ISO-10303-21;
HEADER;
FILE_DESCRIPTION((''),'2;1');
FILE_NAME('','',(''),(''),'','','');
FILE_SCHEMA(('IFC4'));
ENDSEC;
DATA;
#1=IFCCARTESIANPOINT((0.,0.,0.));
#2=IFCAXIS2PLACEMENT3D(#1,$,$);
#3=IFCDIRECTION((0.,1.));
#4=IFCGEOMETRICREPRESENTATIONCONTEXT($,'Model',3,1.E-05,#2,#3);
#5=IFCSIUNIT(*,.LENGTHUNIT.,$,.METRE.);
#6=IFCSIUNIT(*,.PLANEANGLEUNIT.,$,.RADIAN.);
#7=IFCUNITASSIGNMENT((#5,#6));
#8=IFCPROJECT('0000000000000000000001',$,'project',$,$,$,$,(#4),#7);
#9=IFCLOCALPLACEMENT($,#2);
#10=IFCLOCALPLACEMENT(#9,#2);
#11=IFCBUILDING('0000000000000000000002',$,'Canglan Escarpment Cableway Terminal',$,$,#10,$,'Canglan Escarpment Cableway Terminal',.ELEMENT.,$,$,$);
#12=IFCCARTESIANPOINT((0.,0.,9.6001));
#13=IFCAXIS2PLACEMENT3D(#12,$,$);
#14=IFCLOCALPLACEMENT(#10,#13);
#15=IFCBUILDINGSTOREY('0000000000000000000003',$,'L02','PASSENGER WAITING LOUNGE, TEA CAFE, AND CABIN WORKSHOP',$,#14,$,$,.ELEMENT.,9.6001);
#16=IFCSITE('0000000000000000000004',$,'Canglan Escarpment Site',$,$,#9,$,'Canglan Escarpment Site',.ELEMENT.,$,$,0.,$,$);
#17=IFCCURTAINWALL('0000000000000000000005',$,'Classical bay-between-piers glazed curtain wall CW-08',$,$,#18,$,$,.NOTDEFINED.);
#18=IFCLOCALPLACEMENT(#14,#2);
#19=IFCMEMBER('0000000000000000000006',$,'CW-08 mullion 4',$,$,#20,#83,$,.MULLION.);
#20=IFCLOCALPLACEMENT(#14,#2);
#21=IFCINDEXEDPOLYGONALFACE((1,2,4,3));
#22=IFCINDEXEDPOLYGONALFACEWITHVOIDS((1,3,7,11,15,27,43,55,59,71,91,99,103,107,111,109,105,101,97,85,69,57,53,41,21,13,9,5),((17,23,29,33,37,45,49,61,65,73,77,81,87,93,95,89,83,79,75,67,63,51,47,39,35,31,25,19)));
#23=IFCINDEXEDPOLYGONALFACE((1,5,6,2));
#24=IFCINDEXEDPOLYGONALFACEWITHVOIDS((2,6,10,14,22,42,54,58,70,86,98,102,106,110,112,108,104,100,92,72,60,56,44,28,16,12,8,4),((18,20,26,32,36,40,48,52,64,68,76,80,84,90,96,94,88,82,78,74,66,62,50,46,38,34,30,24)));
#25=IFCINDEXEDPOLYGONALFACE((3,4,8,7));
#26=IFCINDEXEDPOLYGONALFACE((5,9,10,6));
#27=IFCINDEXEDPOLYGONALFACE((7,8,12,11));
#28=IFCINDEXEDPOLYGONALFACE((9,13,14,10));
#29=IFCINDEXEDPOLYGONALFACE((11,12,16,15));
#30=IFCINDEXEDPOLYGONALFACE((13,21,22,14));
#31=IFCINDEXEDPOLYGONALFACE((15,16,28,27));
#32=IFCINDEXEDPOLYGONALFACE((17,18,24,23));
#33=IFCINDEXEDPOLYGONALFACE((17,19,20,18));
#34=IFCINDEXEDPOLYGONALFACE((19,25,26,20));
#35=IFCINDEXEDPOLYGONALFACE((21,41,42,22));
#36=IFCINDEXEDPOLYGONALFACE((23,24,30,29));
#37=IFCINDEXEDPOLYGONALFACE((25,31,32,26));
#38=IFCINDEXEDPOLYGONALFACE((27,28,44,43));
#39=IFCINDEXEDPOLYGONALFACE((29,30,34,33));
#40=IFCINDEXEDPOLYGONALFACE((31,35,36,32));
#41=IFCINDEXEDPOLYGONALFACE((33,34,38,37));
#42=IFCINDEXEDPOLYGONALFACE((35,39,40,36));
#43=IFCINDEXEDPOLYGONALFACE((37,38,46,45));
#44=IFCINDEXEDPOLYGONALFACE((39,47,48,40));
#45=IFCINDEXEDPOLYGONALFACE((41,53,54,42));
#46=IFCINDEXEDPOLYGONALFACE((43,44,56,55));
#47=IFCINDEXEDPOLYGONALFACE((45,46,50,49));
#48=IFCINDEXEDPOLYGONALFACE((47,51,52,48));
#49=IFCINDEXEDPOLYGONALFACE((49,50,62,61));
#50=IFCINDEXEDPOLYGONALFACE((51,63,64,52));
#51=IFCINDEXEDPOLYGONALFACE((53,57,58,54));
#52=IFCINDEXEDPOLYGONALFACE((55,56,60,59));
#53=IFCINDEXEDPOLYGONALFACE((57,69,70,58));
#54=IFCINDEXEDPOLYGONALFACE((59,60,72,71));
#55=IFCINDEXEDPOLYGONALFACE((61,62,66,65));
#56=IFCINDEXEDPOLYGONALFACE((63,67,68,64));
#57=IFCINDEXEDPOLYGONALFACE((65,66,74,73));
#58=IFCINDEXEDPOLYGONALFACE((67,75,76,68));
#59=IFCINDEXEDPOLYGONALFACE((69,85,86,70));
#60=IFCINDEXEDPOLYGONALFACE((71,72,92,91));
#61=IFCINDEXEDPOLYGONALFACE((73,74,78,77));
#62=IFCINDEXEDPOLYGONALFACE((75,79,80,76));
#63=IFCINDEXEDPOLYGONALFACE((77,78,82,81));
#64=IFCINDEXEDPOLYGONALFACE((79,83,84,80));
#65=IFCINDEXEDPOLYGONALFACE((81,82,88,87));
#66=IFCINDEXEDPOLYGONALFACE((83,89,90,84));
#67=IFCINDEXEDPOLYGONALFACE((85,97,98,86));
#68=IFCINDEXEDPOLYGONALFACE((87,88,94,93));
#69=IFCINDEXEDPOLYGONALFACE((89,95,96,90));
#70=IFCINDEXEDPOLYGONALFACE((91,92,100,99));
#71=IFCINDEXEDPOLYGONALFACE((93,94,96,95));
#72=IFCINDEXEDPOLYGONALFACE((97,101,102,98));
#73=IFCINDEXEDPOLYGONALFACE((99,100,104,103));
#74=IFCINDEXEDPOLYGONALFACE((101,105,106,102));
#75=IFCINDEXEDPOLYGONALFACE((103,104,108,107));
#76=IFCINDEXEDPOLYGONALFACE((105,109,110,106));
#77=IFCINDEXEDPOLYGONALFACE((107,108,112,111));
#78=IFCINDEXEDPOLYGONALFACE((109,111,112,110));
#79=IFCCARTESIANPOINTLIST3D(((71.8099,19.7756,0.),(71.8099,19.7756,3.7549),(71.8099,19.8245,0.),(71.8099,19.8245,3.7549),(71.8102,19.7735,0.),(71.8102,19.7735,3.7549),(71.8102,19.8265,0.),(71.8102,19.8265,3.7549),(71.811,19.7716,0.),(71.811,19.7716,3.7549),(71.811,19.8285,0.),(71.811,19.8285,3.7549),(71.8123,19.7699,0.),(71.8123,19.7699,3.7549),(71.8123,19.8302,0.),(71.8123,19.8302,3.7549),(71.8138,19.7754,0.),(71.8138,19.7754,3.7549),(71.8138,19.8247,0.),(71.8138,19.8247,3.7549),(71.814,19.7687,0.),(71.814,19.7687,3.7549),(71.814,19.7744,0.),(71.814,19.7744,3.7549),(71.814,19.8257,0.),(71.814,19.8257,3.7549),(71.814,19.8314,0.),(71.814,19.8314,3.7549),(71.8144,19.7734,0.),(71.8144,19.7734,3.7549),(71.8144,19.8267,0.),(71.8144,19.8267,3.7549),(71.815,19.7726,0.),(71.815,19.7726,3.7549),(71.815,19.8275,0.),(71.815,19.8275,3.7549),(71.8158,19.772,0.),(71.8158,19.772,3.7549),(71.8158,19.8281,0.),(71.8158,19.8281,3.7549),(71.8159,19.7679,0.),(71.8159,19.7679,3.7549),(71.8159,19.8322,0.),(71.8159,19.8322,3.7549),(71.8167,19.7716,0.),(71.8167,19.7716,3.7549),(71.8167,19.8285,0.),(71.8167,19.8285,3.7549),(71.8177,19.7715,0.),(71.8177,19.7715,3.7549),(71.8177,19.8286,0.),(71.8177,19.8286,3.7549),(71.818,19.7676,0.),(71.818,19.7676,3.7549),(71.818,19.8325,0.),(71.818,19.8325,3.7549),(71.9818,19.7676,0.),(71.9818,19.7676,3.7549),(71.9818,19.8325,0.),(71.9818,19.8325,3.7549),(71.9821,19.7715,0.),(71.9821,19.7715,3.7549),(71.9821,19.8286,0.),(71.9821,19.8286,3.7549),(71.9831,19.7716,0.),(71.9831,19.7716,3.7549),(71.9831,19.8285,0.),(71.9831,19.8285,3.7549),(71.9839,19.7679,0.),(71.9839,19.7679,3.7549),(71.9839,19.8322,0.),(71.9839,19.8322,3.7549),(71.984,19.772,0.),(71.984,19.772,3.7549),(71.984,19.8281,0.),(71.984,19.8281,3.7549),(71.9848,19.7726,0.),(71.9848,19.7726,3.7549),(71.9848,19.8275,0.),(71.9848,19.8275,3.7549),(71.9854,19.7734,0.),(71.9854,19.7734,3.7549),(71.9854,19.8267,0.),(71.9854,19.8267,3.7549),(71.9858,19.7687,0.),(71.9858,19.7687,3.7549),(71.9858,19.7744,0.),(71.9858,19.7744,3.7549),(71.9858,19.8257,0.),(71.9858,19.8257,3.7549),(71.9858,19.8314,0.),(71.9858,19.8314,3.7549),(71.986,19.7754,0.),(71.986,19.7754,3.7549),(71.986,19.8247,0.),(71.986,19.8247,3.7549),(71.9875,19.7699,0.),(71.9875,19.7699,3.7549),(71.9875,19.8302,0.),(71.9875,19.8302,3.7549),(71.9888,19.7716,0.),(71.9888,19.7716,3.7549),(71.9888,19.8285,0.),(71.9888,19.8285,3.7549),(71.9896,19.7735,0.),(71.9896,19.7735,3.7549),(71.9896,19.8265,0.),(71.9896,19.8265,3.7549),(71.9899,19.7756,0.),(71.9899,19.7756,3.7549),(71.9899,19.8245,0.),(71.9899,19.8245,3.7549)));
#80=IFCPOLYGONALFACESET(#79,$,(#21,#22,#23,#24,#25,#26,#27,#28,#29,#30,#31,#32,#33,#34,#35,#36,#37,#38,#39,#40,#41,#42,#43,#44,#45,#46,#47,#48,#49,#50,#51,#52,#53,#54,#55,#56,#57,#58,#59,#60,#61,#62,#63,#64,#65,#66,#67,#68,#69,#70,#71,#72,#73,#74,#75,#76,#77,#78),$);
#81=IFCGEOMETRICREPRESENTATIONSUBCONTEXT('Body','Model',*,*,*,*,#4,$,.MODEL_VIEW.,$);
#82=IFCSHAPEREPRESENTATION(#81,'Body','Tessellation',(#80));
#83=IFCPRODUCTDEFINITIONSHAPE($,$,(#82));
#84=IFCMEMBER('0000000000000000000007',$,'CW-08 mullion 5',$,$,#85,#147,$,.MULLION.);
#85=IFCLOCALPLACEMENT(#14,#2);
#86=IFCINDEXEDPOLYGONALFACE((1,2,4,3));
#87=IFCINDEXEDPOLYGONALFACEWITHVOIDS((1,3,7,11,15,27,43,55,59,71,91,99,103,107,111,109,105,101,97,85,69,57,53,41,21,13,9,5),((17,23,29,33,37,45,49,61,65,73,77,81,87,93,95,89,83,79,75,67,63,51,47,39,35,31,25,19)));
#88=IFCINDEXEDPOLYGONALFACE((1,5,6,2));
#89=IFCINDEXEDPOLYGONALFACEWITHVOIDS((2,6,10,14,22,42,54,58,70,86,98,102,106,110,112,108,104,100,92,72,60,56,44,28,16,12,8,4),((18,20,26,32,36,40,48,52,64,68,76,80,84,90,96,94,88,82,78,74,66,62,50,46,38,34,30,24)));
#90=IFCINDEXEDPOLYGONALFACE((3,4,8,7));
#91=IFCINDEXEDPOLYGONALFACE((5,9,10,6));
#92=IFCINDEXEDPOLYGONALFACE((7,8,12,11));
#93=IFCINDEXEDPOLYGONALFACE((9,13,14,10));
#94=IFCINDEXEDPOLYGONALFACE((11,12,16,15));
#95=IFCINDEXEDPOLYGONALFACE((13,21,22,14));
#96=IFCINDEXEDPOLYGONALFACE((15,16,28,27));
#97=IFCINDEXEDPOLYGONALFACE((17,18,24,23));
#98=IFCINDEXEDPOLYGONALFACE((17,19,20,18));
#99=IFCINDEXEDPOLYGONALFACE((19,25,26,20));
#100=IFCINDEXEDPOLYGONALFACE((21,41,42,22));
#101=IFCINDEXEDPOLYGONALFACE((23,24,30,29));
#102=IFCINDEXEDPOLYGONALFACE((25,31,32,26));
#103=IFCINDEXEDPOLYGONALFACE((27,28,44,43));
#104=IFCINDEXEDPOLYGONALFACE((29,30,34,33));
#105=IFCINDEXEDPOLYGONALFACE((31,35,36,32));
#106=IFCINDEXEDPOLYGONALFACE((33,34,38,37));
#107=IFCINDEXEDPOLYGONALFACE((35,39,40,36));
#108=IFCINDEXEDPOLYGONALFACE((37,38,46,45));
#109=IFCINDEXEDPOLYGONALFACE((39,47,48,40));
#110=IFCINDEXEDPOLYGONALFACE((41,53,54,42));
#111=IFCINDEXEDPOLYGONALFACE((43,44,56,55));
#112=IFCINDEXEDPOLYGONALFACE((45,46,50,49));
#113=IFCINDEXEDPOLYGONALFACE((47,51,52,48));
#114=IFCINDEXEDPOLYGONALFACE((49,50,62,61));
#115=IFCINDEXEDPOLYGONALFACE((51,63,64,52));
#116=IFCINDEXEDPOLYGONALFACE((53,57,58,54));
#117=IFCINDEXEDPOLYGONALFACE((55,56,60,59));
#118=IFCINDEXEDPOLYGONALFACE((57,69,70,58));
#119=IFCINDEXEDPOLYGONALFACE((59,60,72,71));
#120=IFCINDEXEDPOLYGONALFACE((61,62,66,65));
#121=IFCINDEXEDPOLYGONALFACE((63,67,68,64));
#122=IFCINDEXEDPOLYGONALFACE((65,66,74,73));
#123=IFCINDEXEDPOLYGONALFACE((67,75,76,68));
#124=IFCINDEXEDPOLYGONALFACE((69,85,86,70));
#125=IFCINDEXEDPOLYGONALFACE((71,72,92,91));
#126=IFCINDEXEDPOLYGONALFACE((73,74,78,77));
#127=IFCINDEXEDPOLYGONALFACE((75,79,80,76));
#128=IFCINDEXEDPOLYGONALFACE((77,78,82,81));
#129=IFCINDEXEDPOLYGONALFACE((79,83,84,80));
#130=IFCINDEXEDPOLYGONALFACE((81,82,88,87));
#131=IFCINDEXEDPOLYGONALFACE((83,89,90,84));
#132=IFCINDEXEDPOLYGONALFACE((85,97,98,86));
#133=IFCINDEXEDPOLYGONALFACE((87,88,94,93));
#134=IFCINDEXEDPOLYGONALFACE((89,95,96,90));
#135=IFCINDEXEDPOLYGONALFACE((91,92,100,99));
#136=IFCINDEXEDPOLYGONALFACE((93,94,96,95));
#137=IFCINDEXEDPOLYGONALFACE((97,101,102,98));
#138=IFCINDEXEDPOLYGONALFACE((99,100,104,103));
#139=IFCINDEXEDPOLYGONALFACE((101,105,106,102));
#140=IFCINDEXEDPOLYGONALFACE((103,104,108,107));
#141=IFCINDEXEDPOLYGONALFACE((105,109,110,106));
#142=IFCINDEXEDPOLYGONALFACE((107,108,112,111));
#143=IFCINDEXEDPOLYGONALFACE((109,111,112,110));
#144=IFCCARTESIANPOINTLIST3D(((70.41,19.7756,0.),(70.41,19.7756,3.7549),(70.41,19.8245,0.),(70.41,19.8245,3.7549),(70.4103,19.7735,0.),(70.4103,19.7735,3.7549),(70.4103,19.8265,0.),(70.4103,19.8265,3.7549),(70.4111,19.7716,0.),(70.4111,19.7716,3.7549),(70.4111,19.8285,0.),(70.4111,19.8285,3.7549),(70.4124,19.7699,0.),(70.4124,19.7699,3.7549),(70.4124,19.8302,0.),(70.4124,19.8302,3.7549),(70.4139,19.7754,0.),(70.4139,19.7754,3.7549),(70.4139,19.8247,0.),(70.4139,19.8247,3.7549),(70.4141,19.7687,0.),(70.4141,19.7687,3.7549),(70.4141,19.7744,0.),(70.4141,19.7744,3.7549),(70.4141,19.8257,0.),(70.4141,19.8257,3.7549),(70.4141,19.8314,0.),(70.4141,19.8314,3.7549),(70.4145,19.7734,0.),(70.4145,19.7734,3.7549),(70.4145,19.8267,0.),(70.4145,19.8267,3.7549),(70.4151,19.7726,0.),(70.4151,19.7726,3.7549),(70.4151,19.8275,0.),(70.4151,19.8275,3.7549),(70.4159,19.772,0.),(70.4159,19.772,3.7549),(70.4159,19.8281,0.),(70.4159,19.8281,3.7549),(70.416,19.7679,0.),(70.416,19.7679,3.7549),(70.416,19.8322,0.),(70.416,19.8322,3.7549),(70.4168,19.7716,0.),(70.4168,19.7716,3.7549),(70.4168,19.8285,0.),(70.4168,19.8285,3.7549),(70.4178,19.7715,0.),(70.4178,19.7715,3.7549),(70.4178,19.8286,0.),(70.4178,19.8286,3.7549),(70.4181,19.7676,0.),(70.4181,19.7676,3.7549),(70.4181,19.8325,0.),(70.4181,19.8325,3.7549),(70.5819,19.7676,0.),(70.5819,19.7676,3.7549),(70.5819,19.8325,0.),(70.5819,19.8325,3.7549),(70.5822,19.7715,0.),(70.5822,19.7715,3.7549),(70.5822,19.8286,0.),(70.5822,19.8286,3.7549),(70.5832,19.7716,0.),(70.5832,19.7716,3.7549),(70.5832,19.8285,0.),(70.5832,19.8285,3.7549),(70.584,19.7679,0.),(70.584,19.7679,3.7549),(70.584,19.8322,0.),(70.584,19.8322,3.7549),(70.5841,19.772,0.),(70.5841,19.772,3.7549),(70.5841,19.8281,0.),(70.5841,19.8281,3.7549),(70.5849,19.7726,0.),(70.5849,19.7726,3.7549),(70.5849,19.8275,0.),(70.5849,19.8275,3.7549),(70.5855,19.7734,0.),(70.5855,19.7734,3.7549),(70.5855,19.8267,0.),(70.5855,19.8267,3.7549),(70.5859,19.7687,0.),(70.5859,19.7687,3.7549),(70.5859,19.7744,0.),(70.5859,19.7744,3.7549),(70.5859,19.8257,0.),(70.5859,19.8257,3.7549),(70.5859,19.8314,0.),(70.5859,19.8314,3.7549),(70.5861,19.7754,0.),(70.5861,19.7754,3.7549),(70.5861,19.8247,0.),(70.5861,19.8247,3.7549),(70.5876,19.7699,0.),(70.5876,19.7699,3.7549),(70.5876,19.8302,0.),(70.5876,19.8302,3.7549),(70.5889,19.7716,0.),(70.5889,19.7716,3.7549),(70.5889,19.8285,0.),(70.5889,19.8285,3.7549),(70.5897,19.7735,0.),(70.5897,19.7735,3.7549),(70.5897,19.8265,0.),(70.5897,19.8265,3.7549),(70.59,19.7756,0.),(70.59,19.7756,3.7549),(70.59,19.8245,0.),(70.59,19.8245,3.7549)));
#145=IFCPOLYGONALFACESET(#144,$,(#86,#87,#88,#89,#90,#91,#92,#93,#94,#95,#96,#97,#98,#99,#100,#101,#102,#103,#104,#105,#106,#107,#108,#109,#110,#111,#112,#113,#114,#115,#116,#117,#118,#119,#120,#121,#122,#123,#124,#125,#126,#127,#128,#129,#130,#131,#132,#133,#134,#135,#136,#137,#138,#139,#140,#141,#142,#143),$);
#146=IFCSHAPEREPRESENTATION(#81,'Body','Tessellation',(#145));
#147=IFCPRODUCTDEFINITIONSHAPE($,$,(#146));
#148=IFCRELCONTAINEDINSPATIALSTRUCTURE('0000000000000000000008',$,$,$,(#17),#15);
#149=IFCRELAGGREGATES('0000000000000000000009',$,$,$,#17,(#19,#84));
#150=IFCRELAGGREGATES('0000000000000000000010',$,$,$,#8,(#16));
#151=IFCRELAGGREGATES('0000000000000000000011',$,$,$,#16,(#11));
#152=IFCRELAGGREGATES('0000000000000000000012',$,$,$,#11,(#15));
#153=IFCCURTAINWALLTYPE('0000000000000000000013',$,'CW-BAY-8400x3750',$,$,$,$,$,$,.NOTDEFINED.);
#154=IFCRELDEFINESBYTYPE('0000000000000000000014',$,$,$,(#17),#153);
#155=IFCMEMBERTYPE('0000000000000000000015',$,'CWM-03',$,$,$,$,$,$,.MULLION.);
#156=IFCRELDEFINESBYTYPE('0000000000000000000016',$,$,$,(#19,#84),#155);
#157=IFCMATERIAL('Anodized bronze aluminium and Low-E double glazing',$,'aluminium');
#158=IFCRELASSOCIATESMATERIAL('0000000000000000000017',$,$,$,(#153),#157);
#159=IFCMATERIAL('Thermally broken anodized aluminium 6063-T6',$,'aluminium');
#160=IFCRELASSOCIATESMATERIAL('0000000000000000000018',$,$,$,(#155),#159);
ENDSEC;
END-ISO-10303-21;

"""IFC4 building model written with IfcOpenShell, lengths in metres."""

from ifc_helpers import new_model, si_unit, direction, frame, origin, origin_2d, place, context, subcontext, project, spatial, hollow_rectangle, extrude, material, material_profile, profile_set, type_object, element, aggregate, save


model = new_model("IFC4")

# Units and contexts
model_context = context("Model", 3, precision=1e-05, world=origin(), true_north=direction((0.0, 1.0)))
body_context = subcontext(model_context, "Body", "Model", "MODEL_VIEW")
ifc_project = project(units=[si_unit("LENGTHUNIT", "METRE"), si_unit("PLANEANGLEUNIT", "RADIAN")], contexts=[model_context])

# Site, building, storey
site_placement = place(None, origin())
site = spatial("IfcSite", under=ifc_project, at=site_placement, Name="Canglan Escarpment Site", LongName="Canglan Escarpment Site", CompositionType="ELEMENT", RefElevation=0.0)
building_placement = place(site_placement, origin())
building = spatial("IfcBuilding", under=site, at=building_placement, Name="Canglan Escarpment Cableway Terminal", LongName="Canglan Escarpment Cableway Terminal", CompositionType="ELEMENT")
storey_placement = place(building_placement, frame((0.0, 0.0, 9.6001)))
storey = spatial("IfcBuildingStorey", under=building, at=storey_placement, Name="L02", Description="PASSENGER WAITING LOUNGE, TEA CAFE, AND CABIN WORKSHOP", CompositionType="ELEMENT", Elevation=9.6001)

# Curtain wall, members
ifc_material_1 = material(Name="Anodized bronze aluminium and Low-E double glazing", Category="aluminium")
curtain_wall_type = type_object("IfcCurtainWallType", Name="CW-BAY-8400x3750", PredefinedType="NOTDEFINED", material=ifc_material_1)
curtain_wall_placement = place(storey_placement, origin())
curtain_wall = element("IfcCurtainWall", 1, at=curtain_wall_placement, inside=storey, type_object=curtain_wall_type, Name="Classical bay-between-piers glazed curtain wall CW-08", PredefinedType="NOTDEFINED")
ifc_material_2 = material(Name="Thermally broken anodized aluminium 6063-T6", Category="aluminium")
ifc_material_profile_1 = material_profile(ifc_material_2, hollow_rectangle(XDim=0.0649, YDim=0.1799, WallThickness=0.0039, InnerFilletRadius=0.0039, OuterFilletRadius=0.0081, at=origin_2d()), Name="ALU-MULL 65x180x4")
ifc_profile_set_1 = profile_set([ifc_material_profile_1], Name="Thermally broken anodized aluminium 6063-T6")
member_type_1 = type_object("IfcMemberType", Name="CWM-03", PredefinedType="MULLION", material=ifc_profile_set_1)
member_1_placement = place(storey_placement, frame((71.8999, 19.8, 0.0), z_axis=(0.0, 0.0, 1.0), x_axis=(0.0, -1.0, 0.0)))
member_1 = element("IfcMember", 2, at=member_1_placement, type_object=member_type_1, Name="CW-08 mullion 4", PredefinedType="MULLION", context=body_context, shape_type="SweptSolid", body=[
    extrude(hollow_rectangle(XDim=0.0649, YDim=0.1799, WallThickness=0.0039, InnerFilletRadius=0.0039, OuterFilletRadius=0.0081, at=origin_2d()), origin(), (0.0, 0.0, 1.0), 3.7549),
])
member_2_placement = place(storey_placement, frame((70.5, 19.8, 0.0), z_axis=(0.0, 0.0, 1.0), x_axis=(0.0, -1.0, 0.0)))
member_2 = element("IfcMember", 3, at=member_2_placement, type_object=member_type_1, Name="CW-08 mullion 5", PredefinedType="MULLION", context=body_context, shape_type="SweptSolid", body=[
    extrude(hollow_rectangle(XDim=0.0649, YDim=0.1799, WallThickness=0.0039, InnerFilletRadius=0.0039, OuterFilletRadius=0.0081, at=origin_2d()), origin(), (0.0, 0.0, 1.0), 3.7549),
])
aggregate(curtain_wall, [member_1, member_2])

save(model, "model.ifc")
